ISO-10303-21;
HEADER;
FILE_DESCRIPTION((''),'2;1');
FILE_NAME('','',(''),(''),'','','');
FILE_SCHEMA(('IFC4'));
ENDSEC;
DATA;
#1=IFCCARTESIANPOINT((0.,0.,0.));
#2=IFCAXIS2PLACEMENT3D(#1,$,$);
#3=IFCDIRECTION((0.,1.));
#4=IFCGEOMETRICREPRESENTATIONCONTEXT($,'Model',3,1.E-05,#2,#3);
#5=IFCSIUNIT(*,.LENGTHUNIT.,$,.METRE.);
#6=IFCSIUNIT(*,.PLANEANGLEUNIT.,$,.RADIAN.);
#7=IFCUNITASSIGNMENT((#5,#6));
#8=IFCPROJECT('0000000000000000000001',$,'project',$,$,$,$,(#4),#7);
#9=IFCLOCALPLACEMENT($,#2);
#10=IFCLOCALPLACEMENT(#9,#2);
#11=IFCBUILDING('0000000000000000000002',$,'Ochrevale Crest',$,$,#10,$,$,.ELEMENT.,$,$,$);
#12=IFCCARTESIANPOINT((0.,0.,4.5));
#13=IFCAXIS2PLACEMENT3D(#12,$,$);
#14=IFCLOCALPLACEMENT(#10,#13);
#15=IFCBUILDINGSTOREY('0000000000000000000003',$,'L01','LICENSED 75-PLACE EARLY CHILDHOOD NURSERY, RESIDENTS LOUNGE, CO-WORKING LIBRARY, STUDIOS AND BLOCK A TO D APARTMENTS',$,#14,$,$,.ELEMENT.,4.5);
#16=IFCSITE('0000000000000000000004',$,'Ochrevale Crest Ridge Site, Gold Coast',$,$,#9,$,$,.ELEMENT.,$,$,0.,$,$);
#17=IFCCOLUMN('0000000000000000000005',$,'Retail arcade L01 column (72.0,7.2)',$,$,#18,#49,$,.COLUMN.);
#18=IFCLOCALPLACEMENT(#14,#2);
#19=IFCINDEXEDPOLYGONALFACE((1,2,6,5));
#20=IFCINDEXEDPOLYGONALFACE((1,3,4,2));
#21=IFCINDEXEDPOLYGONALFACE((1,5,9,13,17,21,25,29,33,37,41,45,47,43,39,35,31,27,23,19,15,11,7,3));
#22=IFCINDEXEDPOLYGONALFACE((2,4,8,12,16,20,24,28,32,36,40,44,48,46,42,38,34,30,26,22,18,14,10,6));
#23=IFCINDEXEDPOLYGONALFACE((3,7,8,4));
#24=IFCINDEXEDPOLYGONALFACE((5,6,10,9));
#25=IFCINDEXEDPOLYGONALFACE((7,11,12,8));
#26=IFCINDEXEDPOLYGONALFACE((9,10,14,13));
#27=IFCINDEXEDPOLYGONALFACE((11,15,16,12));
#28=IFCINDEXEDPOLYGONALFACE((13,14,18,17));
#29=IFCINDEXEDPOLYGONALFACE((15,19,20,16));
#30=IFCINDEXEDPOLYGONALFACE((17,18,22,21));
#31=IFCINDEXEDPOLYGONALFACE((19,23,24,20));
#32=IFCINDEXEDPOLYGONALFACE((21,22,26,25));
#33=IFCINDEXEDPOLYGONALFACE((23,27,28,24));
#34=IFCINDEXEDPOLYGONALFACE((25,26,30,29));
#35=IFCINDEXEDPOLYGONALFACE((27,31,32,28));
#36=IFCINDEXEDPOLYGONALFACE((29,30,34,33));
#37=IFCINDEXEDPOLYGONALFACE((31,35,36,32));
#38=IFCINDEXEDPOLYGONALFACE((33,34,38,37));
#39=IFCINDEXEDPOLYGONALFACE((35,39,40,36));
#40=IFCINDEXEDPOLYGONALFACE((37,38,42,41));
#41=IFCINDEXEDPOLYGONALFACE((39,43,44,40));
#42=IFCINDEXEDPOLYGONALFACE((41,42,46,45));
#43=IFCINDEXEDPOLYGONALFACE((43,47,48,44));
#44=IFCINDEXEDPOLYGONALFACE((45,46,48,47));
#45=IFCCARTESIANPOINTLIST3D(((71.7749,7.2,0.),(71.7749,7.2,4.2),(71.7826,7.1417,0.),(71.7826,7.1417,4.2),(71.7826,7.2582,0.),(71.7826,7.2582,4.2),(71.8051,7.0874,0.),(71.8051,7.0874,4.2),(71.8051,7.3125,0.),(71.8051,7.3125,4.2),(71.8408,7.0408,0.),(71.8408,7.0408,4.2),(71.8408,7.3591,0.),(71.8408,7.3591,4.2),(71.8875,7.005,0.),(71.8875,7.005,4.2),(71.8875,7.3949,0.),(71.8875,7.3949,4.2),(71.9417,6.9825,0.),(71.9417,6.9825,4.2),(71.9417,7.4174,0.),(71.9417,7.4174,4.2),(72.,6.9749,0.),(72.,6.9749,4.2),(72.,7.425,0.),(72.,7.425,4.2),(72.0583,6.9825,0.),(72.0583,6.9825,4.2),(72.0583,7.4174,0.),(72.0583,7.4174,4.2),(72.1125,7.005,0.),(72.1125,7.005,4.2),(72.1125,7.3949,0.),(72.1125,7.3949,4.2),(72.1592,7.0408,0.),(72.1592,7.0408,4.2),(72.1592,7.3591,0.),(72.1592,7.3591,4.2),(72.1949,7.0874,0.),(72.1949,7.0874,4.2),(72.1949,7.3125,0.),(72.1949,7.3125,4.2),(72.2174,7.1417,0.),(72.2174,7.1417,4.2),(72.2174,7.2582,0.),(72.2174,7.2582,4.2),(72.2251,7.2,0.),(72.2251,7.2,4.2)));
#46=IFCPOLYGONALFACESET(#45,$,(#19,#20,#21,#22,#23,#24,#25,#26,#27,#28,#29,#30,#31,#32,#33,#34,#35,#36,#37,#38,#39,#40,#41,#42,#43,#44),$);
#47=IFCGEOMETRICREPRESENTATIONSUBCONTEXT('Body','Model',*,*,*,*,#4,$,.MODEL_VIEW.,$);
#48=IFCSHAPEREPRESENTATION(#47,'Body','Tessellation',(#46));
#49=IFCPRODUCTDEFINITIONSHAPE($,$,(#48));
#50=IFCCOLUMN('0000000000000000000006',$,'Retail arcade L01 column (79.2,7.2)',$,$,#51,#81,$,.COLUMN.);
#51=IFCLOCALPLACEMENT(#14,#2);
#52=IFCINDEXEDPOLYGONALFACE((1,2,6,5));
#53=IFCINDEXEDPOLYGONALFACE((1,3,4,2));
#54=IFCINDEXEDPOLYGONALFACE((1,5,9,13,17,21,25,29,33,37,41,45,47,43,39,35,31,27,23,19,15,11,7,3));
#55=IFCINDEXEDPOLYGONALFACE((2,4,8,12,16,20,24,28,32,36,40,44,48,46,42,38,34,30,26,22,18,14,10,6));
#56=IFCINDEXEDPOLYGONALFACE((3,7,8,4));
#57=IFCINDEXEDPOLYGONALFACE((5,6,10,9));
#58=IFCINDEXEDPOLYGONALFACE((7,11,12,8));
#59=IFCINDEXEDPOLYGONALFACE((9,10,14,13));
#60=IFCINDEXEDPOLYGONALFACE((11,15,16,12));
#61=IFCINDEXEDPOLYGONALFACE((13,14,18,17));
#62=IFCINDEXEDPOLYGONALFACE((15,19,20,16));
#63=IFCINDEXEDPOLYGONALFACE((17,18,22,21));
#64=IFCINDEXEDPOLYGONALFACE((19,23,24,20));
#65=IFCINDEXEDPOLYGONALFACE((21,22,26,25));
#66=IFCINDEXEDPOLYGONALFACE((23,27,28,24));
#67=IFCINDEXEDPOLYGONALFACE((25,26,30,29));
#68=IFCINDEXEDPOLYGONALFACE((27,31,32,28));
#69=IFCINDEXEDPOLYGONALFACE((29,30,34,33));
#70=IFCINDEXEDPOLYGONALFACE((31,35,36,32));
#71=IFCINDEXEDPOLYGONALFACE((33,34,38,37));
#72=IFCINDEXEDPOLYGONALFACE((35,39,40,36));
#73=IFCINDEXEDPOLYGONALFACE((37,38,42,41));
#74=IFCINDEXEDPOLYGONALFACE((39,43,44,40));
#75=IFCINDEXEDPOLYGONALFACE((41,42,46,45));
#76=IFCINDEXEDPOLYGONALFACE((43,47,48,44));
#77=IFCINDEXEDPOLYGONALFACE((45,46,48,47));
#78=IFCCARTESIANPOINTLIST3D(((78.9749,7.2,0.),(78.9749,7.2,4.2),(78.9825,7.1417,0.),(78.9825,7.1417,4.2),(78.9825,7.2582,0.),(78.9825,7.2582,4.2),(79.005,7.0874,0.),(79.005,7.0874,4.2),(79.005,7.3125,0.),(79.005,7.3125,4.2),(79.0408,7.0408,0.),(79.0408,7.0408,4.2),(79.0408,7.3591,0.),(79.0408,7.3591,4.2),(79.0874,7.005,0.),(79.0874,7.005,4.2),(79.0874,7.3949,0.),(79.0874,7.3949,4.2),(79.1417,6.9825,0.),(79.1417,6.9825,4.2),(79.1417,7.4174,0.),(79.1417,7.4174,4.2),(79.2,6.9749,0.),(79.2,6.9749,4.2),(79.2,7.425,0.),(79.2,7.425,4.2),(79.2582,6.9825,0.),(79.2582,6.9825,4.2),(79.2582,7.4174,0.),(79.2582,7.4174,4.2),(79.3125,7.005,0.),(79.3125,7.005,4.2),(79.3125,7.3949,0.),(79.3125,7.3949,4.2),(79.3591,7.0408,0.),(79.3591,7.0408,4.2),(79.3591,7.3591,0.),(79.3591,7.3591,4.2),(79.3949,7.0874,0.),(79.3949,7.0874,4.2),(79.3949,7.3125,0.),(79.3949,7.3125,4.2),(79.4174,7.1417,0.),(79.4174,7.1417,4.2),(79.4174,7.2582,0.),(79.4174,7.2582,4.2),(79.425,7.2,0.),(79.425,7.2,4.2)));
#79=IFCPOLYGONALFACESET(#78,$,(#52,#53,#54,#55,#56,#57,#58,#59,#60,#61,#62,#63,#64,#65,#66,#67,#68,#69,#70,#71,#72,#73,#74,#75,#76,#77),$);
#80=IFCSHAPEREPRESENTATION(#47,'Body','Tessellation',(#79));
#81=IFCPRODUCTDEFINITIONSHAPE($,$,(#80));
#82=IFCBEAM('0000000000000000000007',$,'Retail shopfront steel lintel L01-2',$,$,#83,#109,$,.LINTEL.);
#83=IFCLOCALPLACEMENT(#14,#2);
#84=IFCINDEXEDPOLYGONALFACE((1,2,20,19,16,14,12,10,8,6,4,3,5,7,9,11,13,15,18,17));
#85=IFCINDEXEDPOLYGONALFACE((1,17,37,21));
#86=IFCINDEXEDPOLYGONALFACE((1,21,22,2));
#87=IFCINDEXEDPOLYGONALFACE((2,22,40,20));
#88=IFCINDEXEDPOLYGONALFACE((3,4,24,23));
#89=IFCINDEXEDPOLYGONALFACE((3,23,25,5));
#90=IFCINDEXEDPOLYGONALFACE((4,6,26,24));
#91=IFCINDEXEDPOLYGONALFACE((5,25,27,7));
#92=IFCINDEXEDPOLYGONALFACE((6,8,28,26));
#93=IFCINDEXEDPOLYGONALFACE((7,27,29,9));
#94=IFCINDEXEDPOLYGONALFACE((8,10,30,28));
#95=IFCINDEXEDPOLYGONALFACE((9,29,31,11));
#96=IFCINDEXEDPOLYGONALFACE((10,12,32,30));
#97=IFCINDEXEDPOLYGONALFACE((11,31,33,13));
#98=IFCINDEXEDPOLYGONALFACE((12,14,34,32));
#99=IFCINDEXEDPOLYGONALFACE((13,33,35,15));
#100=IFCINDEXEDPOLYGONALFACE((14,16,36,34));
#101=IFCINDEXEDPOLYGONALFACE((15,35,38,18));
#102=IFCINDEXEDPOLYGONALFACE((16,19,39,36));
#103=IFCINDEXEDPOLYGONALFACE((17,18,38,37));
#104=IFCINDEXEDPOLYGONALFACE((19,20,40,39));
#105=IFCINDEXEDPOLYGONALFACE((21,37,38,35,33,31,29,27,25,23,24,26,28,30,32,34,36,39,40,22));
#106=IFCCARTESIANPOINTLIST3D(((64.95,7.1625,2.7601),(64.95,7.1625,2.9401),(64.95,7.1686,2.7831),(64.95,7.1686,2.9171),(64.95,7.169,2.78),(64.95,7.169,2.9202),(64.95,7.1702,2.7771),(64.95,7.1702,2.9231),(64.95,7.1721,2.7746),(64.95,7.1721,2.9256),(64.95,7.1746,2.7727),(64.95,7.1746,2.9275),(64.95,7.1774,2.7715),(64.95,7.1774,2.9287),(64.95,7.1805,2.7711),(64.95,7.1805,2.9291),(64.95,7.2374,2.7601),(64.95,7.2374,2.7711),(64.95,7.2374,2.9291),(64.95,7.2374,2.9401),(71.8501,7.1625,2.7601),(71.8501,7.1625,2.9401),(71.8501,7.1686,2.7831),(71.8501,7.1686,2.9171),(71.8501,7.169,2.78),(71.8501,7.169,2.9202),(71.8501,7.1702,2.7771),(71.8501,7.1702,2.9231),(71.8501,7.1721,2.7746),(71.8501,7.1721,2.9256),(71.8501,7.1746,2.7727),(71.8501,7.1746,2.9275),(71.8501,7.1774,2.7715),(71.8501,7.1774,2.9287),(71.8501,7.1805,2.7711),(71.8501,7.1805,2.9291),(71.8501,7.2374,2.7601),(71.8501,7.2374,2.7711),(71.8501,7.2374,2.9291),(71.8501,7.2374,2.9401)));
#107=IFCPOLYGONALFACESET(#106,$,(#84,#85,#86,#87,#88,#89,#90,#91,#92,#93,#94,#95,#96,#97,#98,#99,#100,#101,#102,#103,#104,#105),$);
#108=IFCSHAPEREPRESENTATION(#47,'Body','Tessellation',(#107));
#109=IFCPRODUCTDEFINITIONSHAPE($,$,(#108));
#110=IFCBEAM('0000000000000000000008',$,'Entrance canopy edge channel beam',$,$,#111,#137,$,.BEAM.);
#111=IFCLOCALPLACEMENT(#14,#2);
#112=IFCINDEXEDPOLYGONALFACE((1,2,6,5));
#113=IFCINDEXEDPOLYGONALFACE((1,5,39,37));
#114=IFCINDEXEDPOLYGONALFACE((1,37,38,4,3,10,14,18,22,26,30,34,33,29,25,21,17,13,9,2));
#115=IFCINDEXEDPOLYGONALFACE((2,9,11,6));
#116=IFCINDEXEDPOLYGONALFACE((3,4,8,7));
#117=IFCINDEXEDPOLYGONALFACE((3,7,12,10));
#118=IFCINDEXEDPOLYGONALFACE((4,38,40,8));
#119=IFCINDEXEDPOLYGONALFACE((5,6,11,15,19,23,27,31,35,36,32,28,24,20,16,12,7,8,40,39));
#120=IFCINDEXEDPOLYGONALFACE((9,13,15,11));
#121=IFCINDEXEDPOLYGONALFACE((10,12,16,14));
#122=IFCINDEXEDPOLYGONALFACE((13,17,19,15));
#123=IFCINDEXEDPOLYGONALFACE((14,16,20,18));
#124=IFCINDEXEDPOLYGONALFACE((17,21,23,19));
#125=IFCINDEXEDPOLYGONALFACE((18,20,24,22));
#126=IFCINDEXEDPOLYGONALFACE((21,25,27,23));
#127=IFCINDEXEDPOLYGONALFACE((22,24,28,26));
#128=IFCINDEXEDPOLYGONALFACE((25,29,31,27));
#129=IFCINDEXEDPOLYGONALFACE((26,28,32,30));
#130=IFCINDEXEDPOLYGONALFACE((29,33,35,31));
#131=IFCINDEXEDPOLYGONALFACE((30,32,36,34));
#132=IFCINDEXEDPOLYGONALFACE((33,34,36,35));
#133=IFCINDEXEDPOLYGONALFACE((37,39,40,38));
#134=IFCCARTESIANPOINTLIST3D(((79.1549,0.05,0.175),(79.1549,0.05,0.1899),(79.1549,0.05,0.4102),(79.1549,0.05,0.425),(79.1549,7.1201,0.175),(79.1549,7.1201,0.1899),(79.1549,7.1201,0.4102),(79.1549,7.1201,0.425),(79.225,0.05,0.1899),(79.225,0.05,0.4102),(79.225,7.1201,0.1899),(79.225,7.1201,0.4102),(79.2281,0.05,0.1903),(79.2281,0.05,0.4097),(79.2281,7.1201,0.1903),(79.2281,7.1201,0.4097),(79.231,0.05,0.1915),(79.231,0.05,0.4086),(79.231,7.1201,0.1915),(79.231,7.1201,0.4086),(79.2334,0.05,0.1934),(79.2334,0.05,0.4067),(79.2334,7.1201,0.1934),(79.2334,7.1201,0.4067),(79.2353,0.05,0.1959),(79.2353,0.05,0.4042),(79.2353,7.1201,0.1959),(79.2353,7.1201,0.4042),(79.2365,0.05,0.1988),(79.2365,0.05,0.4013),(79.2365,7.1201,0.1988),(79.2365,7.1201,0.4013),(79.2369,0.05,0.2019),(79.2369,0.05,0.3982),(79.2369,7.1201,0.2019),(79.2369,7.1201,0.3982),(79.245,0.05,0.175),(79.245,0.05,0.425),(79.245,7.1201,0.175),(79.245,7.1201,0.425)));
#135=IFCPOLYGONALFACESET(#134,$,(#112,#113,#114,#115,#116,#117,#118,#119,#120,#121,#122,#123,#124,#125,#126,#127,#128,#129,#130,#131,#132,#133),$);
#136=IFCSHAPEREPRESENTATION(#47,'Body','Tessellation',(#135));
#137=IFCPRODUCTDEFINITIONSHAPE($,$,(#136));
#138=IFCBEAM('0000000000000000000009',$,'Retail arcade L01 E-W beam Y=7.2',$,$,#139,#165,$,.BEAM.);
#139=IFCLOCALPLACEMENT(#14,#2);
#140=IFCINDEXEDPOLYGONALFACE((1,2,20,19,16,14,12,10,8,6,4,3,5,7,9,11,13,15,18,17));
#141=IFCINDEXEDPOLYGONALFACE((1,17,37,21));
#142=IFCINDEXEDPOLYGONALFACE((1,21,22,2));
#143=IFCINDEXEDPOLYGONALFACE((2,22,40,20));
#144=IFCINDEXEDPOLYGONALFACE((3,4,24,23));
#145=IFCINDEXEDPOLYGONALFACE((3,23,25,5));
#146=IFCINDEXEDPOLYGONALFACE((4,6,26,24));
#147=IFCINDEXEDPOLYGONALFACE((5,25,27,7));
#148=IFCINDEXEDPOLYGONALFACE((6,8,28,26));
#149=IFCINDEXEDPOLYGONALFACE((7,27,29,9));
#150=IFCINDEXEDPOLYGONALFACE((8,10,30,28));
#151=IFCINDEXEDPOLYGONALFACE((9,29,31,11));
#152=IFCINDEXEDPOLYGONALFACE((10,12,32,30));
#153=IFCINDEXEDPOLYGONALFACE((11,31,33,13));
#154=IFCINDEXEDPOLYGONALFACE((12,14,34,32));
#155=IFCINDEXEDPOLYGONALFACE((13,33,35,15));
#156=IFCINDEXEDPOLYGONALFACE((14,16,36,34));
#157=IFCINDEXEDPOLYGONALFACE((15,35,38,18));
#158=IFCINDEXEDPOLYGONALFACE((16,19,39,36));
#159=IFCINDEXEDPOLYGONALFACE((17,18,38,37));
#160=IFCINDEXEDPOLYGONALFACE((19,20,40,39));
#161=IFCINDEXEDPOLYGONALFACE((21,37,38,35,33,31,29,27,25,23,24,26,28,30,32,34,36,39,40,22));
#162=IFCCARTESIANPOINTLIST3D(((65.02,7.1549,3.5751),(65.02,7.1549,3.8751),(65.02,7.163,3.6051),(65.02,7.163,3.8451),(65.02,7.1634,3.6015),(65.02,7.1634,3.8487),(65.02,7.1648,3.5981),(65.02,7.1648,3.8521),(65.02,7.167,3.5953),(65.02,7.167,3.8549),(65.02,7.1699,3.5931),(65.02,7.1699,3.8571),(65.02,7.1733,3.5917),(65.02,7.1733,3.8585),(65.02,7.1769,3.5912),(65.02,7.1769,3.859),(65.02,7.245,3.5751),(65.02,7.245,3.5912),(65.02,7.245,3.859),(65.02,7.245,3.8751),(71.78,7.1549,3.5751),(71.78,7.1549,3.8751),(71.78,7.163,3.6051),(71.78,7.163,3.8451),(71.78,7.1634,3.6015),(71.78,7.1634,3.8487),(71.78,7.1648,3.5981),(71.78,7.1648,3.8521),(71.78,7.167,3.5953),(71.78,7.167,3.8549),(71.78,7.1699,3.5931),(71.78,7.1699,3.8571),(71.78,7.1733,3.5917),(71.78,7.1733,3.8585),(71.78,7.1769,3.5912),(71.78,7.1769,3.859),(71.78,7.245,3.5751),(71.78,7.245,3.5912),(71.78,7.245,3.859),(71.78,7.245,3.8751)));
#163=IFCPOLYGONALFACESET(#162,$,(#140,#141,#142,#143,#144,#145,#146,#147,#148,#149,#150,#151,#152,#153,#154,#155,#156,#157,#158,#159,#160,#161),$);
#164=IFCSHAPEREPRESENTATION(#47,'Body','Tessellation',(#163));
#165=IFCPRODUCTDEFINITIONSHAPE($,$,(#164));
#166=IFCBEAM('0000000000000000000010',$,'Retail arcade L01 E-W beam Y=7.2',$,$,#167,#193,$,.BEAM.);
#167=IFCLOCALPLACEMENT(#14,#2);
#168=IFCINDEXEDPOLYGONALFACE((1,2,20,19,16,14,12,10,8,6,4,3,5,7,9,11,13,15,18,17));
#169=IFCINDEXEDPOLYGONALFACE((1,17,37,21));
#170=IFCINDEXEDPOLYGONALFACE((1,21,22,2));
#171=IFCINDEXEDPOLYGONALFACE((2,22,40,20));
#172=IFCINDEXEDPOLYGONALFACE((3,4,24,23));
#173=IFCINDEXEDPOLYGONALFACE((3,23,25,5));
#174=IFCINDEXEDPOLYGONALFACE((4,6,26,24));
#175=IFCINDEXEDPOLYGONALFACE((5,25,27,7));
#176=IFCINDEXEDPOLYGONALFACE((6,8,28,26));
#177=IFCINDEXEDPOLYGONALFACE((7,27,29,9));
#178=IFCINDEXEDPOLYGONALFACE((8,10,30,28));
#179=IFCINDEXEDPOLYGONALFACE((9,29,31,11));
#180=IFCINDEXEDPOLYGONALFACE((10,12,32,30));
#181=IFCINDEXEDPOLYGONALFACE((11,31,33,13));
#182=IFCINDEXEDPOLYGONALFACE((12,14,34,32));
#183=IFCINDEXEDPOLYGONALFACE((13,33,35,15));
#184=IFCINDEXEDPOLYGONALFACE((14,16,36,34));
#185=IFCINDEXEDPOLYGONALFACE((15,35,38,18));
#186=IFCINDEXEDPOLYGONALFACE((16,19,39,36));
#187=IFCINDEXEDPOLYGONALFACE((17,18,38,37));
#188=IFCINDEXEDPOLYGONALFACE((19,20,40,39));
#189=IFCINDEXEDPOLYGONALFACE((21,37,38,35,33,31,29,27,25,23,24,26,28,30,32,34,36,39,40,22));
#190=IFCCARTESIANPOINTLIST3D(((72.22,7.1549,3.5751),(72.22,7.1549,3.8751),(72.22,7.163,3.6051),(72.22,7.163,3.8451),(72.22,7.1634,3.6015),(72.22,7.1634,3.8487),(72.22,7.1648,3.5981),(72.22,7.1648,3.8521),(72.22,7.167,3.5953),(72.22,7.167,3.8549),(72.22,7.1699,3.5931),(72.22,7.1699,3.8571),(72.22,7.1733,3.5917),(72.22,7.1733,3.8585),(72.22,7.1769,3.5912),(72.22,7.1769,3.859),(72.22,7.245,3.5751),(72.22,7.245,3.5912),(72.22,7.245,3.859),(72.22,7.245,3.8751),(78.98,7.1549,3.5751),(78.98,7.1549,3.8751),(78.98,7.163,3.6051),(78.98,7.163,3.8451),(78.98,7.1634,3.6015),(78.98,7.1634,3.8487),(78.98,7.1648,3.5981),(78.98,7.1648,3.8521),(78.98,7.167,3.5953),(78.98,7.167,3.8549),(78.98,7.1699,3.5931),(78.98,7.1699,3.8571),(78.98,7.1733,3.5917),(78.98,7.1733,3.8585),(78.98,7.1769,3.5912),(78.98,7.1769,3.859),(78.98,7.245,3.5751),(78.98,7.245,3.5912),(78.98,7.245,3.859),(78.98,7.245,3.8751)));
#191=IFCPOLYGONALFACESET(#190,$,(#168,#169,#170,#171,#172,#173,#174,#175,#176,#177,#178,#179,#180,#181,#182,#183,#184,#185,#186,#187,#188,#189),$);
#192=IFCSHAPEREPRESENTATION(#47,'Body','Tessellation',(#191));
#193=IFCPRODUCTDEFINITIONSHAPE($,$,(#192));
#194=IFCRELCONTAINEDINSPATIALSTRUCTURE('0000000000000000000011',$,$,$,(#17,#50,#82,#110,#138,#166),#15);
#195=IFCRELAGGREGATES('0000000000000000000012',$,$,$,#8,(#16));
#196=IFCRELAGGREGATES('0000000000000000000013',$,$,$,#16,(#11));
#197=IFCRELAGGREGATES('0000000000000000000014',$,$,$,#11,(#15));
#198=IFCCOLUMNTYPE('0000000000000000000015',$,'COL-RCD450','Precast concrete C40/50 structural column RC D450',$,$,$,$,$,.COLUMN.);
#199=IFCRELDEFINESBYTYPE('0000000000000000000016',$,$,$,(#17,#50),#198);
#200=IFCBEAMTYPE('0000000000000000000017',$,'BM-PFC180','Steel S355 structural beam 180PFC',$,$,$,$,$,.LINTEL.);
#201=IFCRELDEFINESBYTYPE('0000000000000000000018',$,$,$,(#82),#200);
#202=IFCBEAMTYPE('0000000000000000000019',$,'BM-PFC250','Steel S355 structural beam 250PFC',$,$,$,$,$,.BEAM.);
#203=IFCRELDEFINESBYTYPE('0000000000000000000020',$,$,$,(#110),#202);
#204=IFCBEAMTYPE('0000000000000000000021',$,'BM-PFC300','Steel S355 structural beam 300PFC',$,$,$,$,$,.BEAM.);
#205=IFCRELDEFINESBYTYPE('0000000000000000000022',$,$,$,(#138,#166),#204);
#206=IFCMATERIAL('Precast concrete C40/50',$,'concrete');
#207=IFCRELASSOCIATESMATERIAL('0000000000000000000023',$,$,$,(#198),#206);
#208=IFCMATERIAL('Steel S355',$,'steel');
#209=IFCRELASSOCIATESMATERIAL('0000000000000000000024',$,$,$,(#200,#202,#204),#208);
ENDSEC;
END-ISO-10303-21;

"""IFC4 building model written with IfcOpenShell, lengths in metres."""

from ifc_helpers import new_model, si_unit, direction, frame, origin, origin_2d, place, context, subcontext, project, spatial, circle, u_section, extrude, material, material_profile, profile_set, type_object, element, save


model = new_model("IFC4")

# Units and contexts
model_context = context("Model", 3, precision=1e-05, world=origin(), true_north=direction((0.0, 1.0)))
body_context = subcontext(model_context, "Body", "Model", "MODEL_VIEW")
ifc_project = project(units=[si_unit("LENGTHUNIT", "METRE"), si_unit("PLANEANGLEUNIT", "RADIAN")], contexts=[model_context])

# Site, building, storey
site_placement = place(None, origin())
site = spatial("IfcSite", under=ifc_project, at=site_placement, Name="Ochrevale Crest Ridge Site, Gold Coast", CompositionType="ELEMENT", RefElevation=0.0)
building_placement = place(site_placement, origin())
building = spatial("IfcBuilding", under=site, at=building_placement, Name="Ochrevale Crest", CompositionType="ELEMENT")
storey_placement = place(building_placement, frame((0.0, 0.0, 4.5)))
storey = spatial("IfcBuildingStorey", under=building, at=storey_placement, Name="L01", Description="LICENSED 75-PLACE EARLY CHILDHOOD NURSERY, RESIDENTS LOUNGE, CO-WORKING LIBRARY, STUDIOS AND BLOCK A TO D APARTMENTS", CompositionType="ELEMENT", Elevation=4.5)

# Columns
ifc_material_1 = material(Name="Precast concrete C40/50", Category="concrete")
ifc_material_profile_1 = material_profile(ifc_material_1, circle(Radius=0.2251, at=origin_2d()), Name="RC D450")
ifc_profile_set_1 = profile_set([ifc_material_profile_1], Name="Precast concrete C40/50")
column_type = type_object("IfcColumnType", Name="COL-RCD450", Description="Precast concrete C40/50 structural column RC D450", PredefinedType="COLUMN", material=ifc_profile_set_1)
for number, where, z_axis, x_axis, name in (
    (1, (72.0, 7.2, 0.0), (0.0, 0.0, 1.0), (1.0, 0.0, 0.0), "Retail arcade L01 column (72.0,7.2)"),
    (2, (79.2, 7.2, 0.0), (0.0, 0.0, 1.0), (1.0, 0.0, 0.0), "Retail arcade L01 column (79.2,7.2)"),
):
    element("IfcColumn", number, at=place(storey_placement, frame(where, z_axis=z_axis, x_axis=x_axis)), inside=storey, type_object=column_type, Name=name, PredefinedType="COLUMN", context=body_context, shape_type="SweptSolid", body=[
        extrude(circle(Radius=0.2251, at=origin_2d()), origin(), (0.0, 0.0, 1.0), 4.2),
    ])

# Beams
ifc_material_2 = material(Name="Steel S355", Category="steel")
ifc_material_profile_2 = material_profile(ifc_material_2, u_section(Depth=0.1799, FlangeWidth=0.075, WebThickness=0.0061, FlangeThickness=0.011, FilletRadius=0.012, at=origin_2d()), Name="180PFC")
ifc_profile_set_2 = profile_set([ifc_material_profile_2], Name="Steel S355")
beam_type_1 = type_object("IfcBeamType", Name="BM-PFC180", Description="Steel S355 structural beam 180PFC", PredefinedType="LINTEL", material=ifc_profile_set_2)
beam_1_placement = place(storey_placement, frame((64.95, 7.2, 2.8501), z_axis=(1.0, 0.0, 0.0), x_axis=(0.0, 1.0, 0.0)))
element("IfcBeam", 3, at=beam_1_placement, inside=storey, type_object=beam_type_1, Name="Retail shopfront steel lintel L01-2", PredefinedType="LINTEL", context=body_context, shape_type="SweptSolid", body=[
    extrude(u_section(Depth=0.1799, FlangeWidth=0.075, WebThickness=0.0061, FlangeThickness=0.011, FilletRadius=0.012, at=origin_2d()), origin(), (0.0, 0.0, 1.0), 6.9001),
])
ifc_material_profile_3 = material_profile(ifc_material_2, u_section(Depth=0.25, FlangeWidth=0.0901, WebThickness=0.0081, FlangeThickness=0.0149, FilletRadius=0.012, at=origin_2d()), Name="250PFC")
ifc_profile_set_3 = profile_set([ifc_material_profile_3], Name="Steel S355")
beam_type_2 = type_object("IfcBeamType", Name="BM-PFC250", Description="Steel S355 structural beam 250PFC", PredefinedType="BEAM", material=ifc_profile_set_3)
beam_2_placement = place(storey_placement, frame((79.2, 0.05, 0.3), z_axis=(0.0, 1.0, 0.0), x_axis=(-1.0, 0.0, 0.0)))
element("IfcBeam", 4, at=beam_2_placement, inside=storey, type_object=beam_type_2, Name="Entrance canopy edge channel beam", PredefinedType="BEAM", context=body_context, shape_type="SweptSolid", body=[
    extrude(u_section(Depth=0.25, FlangeWidth=0.0901, WebThickness=0.0081, FlangeThickness=0.0149, FilletRadius=0.012, at=origin_2d()), origin(), (0.0, 0.0, 1.0), 7.0701),
])
ifc_material_profile_4 = material_profile(ifc_material_2, u_section(Depth=0.3, FlangeWidth=0.0901, WebThickness=0.0081, FlangeThickness=0.0161, FilletRadius=0.0139, at=origin_2d()), Name="300PFC")
ifc_profile_set_4 = profile_set([ifc_material_profile_4], Name="Steel S355")
beam_type_3 = type_object("IfcBeamType", Name="BM-PFC300", Description="Steel S355 structural beam 300PFC", PredefinedType="BEAM", material=ifc_profile_set_4)
for number, where, z_axis, x_axis, name in (
    (5, (65.02, 7.2, 3.7251), (1.0, 0.0, 0.0), (0.0, 1.0, 0.0), "Retail arcade L01 E-W beam Y=7.2"),
    (6, (72.22, 7.2, 3.7251), (1.0, 0.0, 0.0), (0.0, 1.0, 0.0), "Retail arcade L01 E-W beam Y=7.2"),
):
    element("IfcBeam", number, at=place(storey_placement, frame(where, z_axis=z_axis, x_axis=x_axis)), inside=storey, type_object=beam_type_3, Name=name, PredefinedType="BEAM", context=body_context, shape_type="SweptSolid", body=[
        extrude(u_section(Depth=0.3, FlangeWidth=0.0901, WebThickness=0.0081, FlangeThickness=0.0161, FilletRadius=0.0139, at=origin_2d()), origin(), (0.0, 0.0, 1.0), 6.76),
    ])

save(model, "model.ifc")
